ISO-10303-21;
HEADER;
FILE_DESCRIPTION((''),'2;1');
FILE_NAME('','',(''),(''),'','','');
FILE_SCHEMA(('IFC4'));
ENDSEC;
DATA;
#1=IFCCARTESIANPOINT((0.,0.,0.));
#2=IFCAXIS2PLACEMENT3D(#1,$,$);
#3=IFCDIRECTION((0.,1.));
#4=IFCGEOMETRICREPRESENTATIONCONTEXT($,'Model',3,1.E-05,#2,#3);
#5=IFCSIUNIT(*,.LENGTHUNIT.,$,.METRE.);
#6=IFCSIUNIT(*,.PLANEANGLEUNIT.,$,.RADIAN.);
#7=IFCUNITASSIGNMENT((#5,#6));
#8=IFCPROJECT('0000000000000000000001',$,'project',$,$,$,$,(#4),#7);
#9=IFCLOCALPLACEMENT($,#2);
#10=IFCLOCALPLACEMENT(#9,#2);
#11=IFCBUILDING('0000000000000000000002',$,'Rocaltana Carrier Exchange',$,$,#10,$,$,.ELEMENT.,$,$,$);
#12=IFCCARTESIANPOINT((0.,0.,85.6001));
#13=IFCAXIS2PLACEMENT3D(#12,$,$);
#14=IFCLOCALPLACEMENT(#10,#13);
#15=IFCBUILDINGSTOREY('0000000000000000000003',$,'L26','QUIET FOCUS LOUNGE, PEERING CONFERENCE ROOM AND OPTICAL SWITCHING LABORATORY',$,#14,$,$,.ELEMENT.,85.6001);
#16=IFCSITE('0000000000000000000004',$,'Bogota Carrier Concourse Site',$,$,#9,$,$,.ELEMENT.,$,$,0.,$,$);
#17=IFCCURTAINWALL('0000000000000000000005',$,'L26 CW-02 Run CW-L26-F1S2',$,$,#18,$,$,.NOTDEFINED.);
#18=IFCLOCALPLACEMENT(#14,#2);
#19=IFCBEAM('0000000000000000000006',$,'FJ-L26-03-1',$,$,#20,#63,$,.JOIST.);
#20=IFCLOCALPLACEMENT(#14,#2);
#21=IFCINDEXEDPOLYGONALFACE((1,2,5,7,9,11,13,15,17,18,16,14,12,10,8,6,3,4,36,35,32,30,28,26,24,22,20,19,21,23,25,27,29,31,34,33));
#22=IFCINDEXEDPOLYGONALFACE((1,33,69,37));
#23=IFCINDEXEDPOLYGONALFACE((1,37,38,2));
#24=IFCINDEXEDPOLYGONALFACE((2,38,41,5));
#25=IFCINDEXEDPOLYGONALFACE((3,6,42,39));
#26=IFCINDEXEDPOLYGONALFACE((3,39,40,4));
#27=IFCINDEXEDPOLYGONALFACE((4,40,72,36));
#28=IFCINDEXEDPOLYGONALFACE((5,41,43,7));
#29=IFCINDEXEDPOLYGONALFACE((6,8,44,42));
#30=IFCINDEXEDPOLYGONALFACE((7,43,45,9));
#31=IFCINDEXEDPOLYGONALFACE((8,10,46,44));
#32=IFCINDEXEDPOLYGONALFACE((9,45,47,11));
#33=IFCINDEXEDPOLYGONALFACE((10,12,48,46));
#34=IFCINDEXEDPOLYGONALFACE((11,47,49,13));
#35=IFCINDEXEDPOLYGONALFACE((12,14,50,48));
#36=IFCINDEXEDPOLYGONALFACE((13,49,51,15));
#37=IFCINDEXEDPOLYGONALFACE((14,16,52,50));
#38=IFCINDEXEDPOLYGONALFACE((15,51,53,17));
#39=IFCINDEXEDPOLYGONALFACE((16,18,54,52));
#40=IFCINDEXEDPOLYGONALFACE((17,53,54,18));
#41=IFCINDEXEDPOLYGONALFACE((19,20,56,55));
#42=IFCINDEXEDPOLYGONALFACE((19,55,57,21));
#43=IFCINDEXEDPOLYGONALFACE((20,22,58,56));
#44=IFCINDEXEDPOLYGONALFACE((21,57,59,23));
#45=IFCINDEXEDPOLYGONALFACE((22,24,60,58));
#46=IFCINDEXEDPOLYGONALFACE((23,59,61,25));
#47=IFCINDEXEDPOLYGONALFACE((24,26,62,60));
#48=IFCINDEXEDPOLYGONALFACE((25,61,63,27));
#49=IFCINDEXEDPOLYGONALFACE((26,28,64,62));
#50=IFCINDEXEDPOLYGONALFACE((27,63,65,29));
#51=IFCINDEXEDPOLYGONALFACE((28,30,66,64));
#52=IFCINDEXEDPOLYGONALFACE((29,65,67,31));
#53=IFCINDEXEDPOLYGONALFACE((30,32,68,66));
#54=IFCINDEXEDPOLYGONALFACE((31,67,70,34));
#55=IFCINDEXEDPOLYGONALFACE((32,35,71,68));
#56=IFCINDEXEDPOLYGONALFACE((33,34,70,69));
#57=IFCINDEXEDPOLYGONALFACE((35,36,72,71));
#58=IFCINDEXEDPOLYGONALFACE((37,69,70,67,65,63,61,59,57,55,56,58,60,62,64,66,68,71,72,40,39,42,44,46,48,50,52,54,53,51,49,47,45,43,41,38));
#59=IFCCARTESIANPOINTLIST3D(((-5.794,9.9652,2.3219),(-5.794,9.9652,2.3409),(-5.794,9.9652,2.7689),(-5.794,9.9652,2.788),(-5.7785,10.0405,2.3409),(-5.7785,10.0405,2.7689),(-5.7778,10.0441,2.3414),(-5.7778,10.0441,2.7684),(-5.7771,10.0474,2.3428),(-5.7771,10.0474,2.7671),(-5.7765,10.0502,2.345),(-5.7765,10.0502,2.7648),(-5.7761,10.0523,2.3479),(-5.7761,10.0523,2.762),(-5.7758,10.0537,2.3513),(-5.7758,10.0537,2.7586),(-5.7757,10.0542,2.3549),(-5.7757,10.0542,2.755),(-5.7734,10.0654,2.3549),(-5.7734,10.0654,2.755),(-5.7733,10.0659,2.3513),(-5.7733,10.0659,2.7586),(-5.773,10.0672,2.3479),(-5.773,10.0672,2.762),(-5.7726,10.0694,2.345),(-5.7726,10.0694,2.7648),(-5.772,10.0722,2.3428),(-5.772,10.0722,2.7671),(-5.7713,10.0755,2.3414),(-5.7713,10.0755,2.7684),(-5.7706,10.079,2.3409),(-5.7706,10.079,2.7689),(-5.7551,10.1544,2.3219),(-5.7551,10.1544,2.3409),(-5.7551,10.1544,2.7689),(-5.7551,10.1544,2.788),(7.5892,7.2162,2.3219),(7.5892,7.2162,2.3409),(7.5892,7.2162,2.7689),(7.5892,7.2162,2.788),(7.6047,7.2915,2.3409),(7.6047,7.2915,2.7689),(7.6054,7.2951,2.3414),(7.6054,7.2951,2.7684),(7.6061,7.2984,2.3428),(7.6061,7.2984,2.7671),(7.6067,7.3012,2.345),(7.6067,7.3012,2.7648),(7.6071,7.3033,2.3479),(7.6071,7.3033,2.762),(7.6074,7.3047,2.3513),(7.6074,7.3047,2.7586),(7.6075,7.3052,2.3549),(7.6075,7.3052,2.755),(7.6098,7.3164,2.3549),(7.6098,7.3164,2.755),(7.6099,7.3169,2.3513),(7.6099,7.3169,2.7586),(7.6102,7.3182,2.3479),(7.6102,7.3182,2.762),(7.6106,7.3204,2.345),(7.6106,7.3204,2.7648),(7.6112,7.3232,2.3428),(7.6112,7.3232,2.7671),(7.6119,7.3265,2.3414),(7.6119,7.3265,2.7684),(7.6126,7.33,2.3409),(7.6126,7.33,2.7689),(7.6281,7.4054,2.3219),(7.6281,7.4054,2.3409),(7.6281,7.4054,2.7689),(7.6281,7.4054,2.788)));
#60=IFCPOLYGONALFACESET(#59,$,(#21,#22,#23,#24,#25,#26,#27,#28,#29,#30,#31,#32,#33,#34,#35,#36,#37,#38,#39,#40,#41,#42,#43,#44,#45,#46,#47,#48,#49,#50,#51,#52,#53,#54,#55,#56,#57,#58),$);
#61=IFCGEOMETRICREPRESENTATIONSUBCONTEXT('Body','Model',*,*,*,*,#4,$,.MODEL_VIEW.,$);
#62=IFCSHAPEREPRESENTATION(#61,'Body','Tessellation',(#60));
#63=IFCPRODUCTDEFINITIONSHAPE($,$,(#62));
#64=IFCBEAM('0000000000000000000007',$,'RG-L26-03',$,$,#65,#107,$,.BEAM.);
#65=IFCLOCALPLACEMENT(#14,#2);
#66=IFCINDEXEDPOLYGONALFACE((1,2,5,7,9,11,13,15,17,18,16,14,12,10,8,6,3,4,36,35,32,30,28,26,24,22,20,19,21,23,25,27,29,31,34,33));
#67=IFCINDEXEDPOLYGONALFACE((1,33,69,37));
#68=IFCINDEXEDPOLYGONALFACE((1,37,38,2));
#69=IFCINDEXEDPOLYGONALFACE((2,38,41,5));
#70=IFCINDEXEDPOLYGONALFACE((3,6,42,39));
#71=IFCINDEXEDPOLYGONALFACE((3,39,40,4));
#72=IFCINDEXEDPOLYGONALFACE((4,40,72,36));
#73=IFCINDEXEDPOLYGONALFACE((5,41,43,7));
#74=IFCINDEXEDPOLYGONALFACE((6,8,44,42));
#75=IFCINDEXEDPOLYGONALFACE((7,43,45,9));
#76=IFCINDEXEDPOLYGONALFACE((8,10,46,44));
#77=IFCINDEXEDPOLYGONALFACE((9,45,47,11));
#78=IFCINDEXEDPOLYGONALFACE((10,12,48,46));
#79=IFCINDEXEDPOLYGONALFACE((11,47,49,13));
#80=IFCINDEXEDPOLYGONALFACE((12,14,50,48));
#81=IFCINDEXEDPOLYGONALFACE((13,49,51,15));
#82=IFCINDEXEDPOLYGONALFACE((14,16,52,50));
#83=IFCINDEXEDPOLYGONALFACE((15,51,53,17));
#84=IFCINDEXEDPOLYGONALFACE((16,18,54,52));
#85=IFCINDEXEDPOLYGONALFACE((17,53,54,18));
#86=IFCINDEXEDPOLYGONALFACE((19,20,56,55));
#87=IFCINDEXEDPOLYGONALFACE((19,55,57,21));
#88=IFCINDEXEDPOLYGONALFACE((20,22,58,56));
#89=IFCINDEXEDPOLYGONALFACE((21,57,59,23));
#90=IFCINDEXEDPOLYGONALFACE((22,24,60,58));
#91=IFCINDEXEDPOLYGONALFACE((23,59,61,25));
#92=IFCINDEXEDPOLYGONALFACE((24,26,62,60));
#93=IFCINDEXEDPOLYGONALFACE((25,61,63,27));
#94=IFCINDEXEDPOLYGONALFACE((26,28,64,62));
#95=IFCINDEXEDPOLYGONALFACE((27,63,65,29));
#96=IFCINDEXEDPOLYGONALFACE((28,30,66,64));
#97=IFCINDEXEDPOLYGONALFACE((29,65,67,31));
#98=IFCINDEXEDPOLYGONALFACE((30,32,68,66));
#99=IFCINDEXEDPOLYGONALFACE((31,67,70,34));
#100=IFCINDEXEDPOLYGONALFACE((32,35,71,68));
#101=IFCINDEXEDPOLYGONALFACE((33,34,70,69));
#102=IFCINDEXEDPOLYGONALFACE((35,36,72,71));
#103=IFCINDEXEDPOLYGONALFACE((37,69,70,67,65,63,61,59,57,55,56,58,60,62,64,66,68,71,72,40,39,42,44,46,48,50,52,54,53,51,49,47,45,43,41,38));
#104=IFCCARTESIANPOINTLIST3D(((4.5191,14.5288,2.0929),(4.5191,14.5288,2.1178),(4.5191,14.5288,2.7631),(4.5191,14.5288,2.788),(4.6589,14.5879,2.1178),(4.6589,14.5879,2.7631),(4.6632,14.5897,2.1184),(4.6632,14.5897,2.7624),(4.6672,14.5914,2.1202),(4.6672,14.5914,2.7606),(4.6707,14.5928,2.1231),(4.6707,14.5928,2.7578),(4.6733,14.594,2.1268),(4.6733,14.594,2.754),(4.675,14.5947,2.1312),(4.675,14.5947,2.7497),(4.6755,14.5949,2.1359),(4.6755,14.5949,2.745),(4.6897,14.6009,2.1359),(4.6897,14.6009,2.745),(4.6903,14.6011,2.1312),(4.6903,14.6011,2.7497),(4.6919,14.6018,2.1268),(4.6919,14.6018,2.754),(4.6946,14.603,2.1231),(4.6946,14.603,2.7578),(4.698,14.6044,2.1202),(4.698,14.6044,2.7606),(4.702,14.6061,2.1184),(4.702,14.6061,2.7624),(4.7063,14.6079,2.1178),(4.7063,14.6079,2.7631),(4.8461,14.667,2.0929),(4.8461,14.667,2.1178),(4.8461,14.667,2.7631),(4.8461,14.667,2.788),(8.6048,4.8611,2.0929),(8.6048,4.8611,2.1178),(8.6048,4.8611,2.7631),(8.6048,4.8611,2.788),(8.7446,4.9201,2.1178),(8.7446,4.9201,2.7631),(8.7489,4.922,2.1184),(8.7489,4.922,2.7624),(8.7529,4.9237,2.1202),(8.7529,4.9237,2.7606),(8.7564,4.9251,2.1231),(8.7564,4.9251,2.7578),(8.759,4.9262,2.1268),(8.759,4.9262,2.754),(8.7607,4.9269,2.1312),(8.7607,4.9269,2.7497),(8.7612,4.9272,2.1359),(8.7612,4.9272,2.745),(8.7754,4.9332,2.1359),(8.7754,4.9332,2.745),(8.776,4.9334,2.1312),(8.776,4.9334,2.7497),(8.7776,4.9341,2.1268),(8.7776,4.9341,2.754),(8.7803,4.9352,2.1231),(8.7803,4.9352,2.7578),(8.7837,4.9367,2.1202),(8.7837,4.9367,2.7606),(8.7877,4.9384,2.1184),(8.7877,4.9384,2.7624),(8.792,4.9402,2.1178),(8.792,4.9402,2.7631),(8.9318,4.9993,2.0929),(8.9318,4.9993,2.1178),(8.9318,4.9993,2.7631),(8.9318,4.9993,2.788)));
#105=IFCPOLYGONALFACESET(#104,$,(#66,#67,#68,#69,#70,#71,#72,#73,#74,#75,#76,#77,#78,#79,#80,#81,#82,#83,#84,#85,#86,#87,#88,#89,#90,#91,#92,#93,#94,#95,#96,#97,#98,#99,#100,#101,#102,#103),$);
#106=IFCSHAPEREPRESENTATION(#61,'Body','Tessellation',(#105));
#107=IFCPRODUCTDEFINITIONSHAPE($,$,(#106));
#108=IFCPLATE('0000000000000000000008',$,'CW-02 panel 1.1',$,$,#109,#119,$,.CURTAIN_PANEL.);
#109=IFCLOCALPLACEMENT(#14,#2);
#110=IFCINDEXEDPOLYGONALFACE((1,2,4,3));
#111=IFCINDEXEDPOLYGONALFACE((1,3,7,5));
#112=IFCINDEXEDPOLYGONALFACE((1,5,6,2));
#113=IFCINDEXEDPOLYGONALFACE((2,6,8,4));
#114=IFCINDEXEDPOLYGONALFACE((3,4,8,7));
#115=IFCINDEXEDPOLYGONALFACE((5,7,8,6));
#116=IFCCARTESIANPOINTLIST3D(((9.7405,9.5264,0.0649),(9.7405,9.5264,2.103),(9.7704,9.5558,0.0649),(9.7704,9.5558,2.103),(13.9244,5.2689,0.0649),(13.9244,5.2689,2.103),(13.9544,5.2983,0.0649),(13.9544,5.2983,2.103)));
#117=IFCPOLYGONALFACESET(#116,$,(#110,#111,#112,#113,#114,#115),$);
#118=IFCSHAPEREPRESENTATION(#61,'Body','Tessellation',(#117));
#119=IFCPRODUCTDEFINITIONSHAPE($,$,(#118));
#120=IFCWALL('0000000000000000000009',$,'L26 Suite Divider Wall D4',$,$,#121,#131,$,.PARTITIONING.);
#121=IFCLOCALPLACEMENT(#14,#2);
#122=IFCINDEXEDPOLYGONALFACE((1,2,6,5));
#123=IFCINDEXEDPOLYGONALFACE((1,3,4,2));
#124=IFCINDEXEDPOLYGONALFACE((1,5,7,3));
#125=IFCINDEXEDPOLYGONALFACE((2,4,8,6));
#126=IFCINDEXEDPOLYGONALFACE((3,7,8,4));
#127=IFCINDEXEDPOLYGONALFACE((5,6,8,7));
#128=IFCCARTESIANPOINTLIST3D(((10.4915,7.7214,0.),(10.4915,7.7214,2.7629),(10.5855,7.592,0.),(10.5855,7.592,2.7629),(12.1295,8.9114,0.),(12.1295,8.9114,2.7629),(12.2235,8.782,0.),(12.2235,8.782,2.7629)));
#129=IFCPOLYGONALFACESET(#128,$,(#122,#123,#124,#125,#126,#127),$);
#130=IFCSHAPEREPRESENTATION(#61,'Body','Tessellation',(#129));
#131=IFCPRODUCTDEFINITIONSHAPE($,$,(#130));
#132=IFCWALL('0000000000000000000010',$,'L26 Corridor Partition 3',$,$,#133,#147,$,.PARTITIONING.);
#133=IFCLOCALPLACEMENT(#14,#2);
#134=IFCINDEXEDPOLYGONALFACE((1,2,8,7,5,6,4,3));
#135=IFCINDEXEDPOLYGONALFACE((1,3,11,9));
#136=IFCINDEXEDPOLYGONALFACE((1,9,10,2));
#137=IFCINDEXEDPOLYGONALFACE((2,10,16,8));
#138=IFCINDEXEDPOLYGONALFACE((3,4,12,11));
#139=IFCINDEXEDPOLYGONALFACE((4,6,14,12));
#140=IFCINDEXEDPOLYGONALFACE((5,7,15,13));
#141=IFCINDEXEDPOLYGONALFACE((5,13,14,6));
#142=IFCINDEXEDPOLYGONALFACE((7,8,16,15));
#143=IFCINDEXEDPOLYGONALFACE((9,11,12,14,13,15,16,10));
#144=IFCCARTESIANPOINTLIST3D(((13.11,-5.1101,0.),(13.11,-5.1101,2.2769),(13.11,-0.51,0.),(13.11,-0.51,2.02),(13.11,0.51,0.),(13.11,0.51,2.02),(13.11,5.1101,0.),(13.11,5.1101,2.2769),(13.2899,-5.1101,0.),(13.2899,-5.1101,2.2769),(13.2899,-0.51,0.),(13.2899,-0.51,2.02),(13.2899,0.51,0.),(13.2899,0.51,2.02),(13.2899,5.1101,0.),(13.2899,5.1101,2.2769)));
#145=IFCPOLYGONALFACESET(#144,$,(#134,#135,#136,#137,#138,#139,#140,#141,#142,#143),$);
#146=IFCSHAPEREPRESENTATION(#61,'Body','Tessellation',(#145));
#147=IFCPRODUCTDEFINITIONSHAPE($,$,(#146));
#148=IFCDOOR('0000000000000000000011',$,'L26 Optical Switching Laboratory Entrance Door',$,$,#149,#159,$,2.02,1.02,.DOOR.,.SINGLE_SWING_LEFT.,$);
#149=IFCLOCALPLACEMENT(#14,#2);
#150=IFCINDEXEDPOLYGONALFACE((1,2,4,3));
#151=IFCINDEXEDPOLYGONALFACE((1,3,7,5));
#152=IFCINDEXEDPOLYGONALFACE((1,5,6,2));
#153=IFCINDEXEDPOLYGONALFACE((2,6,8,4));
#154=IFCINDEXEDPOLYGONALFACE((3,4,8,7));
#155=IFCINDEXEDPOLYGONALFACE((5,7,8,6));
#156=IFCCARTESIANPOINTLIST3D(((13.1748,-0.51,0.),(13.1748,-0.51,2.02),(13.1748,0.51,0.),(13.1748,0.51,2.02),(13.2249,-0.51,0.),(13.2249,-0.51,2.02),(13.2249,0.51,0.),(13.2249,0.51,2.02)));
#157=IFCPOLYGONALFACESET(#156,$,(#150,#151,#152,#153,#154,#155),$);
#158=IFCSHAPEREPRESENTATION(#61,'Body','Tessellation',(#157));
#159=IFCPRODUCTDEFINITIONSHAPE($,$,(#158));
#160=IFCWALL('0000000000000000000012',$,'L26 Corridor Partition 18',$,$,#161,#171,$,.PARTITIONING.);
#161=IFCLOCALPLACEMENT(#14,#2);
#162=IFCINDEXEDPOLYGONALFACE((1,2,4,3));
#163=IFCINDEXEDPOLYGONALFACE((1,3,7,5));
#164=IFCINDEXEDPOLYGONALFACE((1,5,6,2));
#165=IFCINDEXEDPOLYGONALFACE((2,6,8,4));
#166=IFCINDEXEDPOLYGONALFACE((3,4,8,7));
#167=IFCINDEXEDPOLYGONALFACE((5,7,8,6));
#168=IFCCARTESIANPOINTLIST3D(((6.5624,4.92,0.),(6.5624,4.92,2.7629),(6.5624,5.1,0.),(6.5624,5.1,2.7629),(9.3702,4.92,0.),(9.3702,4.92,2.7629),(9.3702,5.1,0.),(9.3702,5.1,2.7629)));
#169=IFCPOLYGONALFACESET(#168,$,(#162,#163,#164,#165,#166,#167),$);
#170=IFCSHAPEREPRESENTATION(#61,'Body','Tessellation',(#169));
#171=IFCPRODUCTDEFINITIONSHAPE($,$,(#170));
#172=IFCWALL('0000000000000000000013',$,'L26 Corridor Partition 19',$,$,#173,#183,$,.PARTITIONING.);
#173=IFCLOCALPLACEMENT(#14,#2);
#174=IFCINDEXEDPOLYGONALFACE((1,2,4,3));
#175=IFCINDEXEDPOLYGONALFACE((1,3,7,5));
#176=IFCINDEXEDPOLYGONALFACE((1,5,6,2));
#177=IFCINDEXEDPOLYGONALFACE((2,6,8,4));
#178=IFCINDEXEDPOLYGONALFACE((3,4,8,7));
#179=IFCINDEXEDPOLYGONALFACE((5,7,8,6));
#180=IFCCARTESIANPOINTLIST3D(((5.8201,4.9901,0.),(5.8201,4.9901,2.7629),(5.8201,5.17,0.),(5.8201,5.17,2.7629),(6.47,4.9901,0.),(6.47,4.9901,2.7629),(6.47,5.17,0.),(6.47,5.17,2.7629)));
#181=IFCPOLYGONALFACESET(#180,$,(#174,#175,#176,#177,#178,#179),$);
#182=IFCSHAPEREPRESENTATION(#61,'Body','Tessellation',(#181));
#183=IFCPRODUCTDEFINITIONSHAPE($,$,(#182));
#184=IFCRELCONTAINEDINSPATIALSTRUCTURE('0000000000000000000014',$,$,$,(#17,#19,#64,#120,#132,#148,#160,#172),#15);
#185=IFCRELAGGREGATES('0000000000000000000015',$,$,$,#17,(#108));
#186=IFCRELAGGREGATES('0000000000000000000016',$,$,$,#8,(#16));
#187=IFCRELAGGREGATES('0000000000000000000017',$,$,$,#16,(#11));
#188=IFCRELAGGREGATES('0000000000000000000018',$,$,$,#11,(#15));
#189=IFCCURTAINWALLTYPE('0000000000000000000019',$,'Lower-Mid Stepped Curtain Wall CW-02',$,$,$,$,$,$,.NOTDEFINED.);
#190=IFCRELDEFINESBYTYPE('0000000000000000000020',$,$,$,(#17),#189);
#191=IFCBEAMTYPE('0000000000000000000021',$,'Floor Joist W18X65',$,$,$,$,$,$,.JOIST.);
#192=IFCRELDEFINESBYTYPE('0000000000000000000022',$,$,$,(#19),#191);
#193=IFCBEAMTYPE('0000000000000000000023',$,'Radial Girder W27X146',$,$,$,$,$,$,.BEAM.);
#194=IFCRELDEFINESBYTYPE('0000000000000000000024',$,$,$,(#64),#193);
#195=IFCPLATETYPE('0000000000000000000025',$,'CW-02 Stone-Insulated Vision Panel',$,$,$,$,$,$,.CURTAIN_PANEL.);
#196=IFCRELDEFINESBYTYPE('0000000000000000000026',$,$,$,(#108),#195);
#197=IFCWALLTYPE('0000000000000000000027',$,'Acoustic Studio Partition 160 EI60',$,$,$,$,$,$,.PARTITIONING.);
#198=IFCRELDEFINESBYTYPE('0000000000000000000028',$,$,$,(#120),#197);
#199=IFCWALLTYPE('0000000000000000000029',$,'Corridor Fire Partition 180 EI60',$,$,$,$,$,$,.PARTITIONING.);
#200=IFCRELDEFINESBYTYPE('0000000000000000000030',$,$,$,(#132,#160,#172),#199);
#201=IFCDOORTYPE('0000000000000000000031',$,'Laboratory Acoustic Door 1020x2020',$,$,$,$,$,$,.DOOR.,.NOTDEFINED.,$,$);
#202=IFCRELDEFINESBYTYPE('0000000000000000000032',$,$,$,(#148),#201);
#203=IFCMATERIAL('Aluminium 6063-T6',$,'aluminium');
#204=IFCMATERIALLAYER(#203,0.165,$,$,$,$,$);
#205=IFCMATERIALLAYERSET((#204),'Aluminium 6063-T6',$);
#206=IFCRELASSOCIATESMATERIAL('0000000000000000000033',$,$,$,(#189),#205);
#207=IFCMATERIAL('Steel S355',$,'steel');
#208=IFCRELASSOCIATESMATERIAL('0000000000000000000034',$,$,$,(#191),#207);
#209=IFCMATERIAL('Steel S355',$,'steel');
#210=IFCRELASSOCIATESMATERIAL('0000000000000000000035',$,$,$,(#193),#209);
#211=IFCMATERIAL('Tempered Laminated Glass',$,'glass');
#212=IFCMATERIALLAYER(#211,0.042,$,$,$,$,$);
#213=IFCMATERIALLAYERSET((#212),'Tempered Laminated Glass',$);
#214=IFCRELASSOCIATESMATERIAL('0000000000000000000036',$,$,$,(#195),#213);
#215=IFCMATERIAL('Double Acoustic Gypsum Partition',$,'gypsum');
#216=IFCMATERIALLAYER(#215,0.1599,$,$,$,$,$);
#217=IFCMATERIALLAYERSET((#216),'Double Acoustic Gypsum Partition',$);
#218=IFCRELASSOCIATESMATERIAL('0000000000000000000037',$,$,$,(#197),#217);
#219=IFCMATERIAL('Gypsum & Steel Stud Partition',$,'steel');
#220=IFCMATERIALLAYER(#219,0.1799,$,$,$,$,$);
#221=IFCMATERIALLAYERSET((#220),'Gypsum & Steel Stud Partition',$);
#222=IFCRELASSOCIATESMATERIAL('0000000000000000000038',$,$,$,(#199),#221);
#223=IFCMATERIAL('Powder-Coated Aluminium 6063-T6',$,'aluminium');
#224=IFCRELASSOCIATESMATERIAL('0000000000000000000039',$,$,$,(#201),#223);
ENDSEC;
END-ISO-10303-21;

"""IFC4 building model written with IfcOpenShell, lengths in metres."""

from ifc_helpers import new_model, si_unit, direction, frame, frame_2d, origin, origin_2d, place, context, subcontext, project, spatial, rectangle, i_section, extrude, material, layer, layer_set, material_profile, profile_set, type_object, element, fill, aggregate, save


model = new_model("IFC4")

# Units and contexts
model_context = context("Model", 3, precision=1e-05, world=origin(), true_north=direction((0.0, 1.0)))
body_context = subcontext(model_context, "Body", "Model", "MODEL_VIEW")
ifc_project = project(units=[si_unit("LENGTHUNIT", "METRE"), si_unit("PLANEANGLEUNIT", "RADIAN")], contexts=[model_context])

# Site, building, storey
site_placement = place(None, origin())
site = spatial("IfcSite", under=ifc_project, at=site_placement, Name="Bogota Carrier Concourse Site", CompositionType="ELEMENT", RefElevation=0.0)
building_placement = place(site_placement, origin())
building = spatial("IfcBuilding", under=site, at=building_placement, Name="Rocaltana Carrier Exchange", CompositionType="ELEMENT")
storey_placement = place(building_placement, frame((0.0, 0.0, 85.6001)))
storey = spatial("IfcBuildingStorey", under=building, at=storey_placement, Name="L26", Description="QUIET FOCUS LOUNGE, PEERING CONFERENCE ROOM AND OPTICAL SWITCHING LABORATORY", CompositionType="ELEMENT", Elevation=85.6001)

# Curtain wall
ifc_material_1 = material(Name="Aluminium 6063-T6", Category="aluminium")
ifc_layer_1 = layer(ifc_material_1, 0.165)
ifc_layer_set_1 = layer_set([ifc_layer_1], Name="Aluminium 6063-T6")
curtain_wall_type = type_object("IfcCurtainWallType", Name="Lower-Mid Stepped Curtain Wall CW-02", PredefinedType="NOTDEFINED", material=ifc_layer_set_1)
curtain_wall_placement = place(storey_placement, origin())
curtain_wall = element("IfcCurtainWall", 1, at=curtain_wall_placement, inside=storey, type_object=curtain_wall_type, Name="L26 CW-02 Run CW-L26-F1S2", PredefinedType="NOTDEFINED")

# Beams
ifc_material_2 = material(Name="Steel S355", Category="steel")
ifc_material_profile_1 = material_profile(ifc_material_2, i_section(OverallWidth=0.1931, OverallDepth=0.4661, WebThickness=0.0115, FlangeThickness=0.019, FilletRadius=0.0139, at=origin_2d()), Name="W18X65")
ifc_profile_set_1 = profile_set([ifc_material_profile_1], Name="Steel S355")
beam_type_1 = type_object("IfcBeamType", Name="Floor Joist W18X65", PredefinedType="JOIST", material=ifc_profile_set_1)
beam_1_placement = place(storey_placement, frame((7.6086, 7.3108, 2.5549), z_axis=(-0.979549, 0.201206, 0.0), x_axis=(-0.201206, -0.979549, 0.0)))
element("IfcBeam", 2, at=beam_1_placement, inside=storey, type_object=beam_type_1, Name="FJ-L26-03-1", PredefinedType="JOIST", context=body_context, shape_type="SweptSolid", body=[
    extrude(i_section(OverallWidth=0.1931, OverallDepth=0.4661, WebThickness=0.0115, FlangeThickness=0.019, FilletRadius=0.0139, at=origin_2d()), origin(), (0.0, 0.0, 1.0), 13.6626),
])
ifc_material_3 = material(Name="Steel S355", Category="steel")
ifc_material_profile_2 = material_profile(ifc_material_3, i_section(OverallWidth=0.355, OverallDepth=0.6951, WebThickness=0.0154, FlangeThickness=0.0249, FilletRadius=0.0181, at=origin_2d()), Name="W27X146")
ifc_profile_set_2 = profile_set([ifc_material_profile_2], Name="Steel S355")
beam_type_2 = type_object("IfcBeamType", Name="Radial Girder W27X146", PredefinedType="BEAM", material=ifc_profile_set_2)
beam_2_placement = place(storey_placement, frame((8.7683, 4.9302, 2.4404), z_axis=(-0.389276, 0.921121, 0.0), x_axis=(-0.921121, -0.389276, 0.0)))
element("IfcBeam", 3, at=beam_2_placement, inside=storey, type_object=beam_type_2, Name="RG-L26-03", PredefinedType="BEAM", context=body_context, shape_type="SweptSolid", body=[
    extrude(i_section(OverallWidth=0.355, OverallDepth=0.6951, WebThickness=0.0154, FlangeThickness=0.0249, FilletRadius=0.0181, at=origin_2d()), origin(), (0.0, 0.0, 1.0), 10.4956),
])

# Plate
ifc_material_4 = material(Name="Tempered Laminated Glass", Category="glass")
ifc_layer_2 = layer(ifc_material_4, 0.042)
ifc_layer_set_2 = layer_set([ifc_layer_2], Name="Tempered Laminated Glass")
plate_type = type_object("IfcPlateType", Name="CW-02 Stone-Insulated Vision Panel", PredefinedType="CURTAIN_PANEL", material=ifc_layer_set_2)
plate_placement = place(storey_placement, frame((11.8474, 7.4124, 0.0649), z_axis=(0.0, 0.0, 1.0), x_axis=(-0.700915, 0.713245, 0.0)))
plate = element("IfcPlate", 4, at=plate_placement, type_object=plate_type, Name="CW-02 panel 1.1", PredefinedType="CURTAIN_PANEL", context=body_context, shape_type="SweptSolid", body=[
    extrude(rectangle(XDim=5.9692, YDim=0.042, at=origin_2d()), origin(), (0.0, 0.0, 1.0), 2.0381),
])
aggregate(curtain_wall, [plate])

# Wall
ifc_material_5 = material(Name="Double Acoustic Gypsum Partition", Category="gypsum")
ifc_layer_3 = layer(ifc_material_5, 0.1599)
ifc_layer_set_3 = layer_set([ifc_layer_3], Name="Double Acoustic Gypsum Partition")
wall_type_1 = type_object("IfcWallType", Name="Acoustic Studio Partition 160 EI60", PredefinedType="PARTITIONING", material=ifc_layer_set_3)
wall_1_placement = place(storey_placement, frame((10.5386, 7.6567, 0.0), z_axis=(0.0, 0.0, 1.0), x_axis=(0.809038, 0.587756, 0.0)))
element("IfcWall", 5, at=wall_1_placement, inside=storey, type_object=wall_type_1, Name="L26 Suite Divider Wall D4", PredefinedType="PARTITIONING", context=body_context, shape_type="SweptSolid", body=[
    extrude(rectangle(XDim=2.0247, YDim=0.1599, at=frame_2d((1.0122, 0.0))), origin(), (0.0, 0.0, 1.0), 2.7629),
])

# Wall, opening, door
ifc_material_6 = material(Name="Gypsum & Steel Stud Partition", Category="steel")
ifc_layer_4 = layer(ifc_material_6, 0.1799)
ifc_layer_set_4 = layer_set([ifc_layer_4], Name="Gypsum & Steel Stud Partition")
wall_type_2 = type_object("IfcWallType", Name="Corridor Fire Partition 180 EI60", PredefinedType="PARTITIONING", material=ifc_layer_set_4)
wall_2_placement = place(storey_placement, frame((13.2, 5.1101, 0.0), z_axis=(0.0, 0.0, 1.0), x_axis=(0.0, -1.0, 0.0)))
wall_2 = element("IfcWall", 6, at=wall_2_placement, inside=storey, type_object=wall_type_2, Name="L26 Corridor Partition 3", PredefinedType="PARTITIONING", context=body_context, shape_type="SweptSolid", body=[
    extrude(rectangle(XDim=10.2202, YDim=0.1799, at=frame_2d((5.1101, 0.0))), origin(), (0.0, 0.0, 1.0), 2.2769),
])
opening_1_placement = place(wall_2_placement, frame((4.6001, 0.0, 0.0)))
opening_1 = element("IfcOpeningElement", 7, at=opening_1_placement, cuts=wall_2, PredefinedType="OPENING", context=body_context, shape_type="SweptSolid", body=[
    extrude(rectangle(XDim=1.02, YDim=2.02, at=frame_2d((0.51, 1.01))), frame((0.0, 0.0999, 0.0), z_axis=(0.0, -1.0, 0.0), x_axis=(1.0, 0.0, 0.0)), (0.0, 0.0, 1.0), 0.2),
])
ifc_material_7 = material(Name="Powder-Coated Aluminium 6063-T6", Category="aluminium")
door_type_1 = type_object("IfcDoorType", Name="Laboratory Acoustic Door 1020x2020", OperationType="NOTDEFINED", PredefinedType="DOOR", material=ifc_material_7)
door_1_placement = place(opening_1_placement, origin())
door_1 = element("IfcDoor", 8, at=door_1_placement, inside=storey, type_object=door_type_1, Name="L26 Optical Switching Laboratory Entrance Door", OperationType="SINGLE_SWING_LEFT", OverallHeight=2.02, OverallWidth=1.02, PredefinedType="DOOR", context=body_context, shape_type="SweptSolid", body=[
    extrude(rectangle(XDim=1.02, YDim=2.02, at=frame_2d((0.51, 1.01))), frame((0.0, 0.0249, 0.0), z_axis=(0.0, -1.0, 0.0), x_axis=(1.0, 0.0, 0.0)), (0.0, 0.0, 1.0), 0.05),
])
fill(opening_1, door_1)

# Walls
wall_3_placement = place(storey_placement, frame((9.3701, 5.01, 0.0), z_axis=(0.0, 0.0, 1.0), x_axis=(-1.0, 0.0, 0.0)))
element("IfcWall", 9, at=wall_3_placement, inside=storey, type_object=wall_type_2, Name="L26 Corridor Partition 18", PredefinedType="PARTITIONING", context=body_context, shape_type="SweptSolid", body=[
    extrude(rectangle(XDim=2.8079, YDim=0.1799, at=frame_2d((1.4038, 0.0))), origin(), (0.0, 0.0, 1.0), 2.7629),
])
wall_4_placement = place(storey_placement, frame((6.47, 5.0801, 0.0), z_axis=(0.0, 0.0, 1.0), x_axis=(-1.0, 0.0, 0.0)))
element("IfcWall", 10, at=wall_4_placement, inside=storey, type_object=wall_type_2, Name="L26 Corridor Partition 19", PredefinedType="PARTITIONING", context=body_context, shape_type="SweptSolid", body=[
    extrude(rectangle(XDim=0.6499, YDim=0.1799, at=frame_2d((0.325, 0.0))), origin(), (0.0, 0.0, 1.0), 2.7629),
])

save(model, "model.ifc")
